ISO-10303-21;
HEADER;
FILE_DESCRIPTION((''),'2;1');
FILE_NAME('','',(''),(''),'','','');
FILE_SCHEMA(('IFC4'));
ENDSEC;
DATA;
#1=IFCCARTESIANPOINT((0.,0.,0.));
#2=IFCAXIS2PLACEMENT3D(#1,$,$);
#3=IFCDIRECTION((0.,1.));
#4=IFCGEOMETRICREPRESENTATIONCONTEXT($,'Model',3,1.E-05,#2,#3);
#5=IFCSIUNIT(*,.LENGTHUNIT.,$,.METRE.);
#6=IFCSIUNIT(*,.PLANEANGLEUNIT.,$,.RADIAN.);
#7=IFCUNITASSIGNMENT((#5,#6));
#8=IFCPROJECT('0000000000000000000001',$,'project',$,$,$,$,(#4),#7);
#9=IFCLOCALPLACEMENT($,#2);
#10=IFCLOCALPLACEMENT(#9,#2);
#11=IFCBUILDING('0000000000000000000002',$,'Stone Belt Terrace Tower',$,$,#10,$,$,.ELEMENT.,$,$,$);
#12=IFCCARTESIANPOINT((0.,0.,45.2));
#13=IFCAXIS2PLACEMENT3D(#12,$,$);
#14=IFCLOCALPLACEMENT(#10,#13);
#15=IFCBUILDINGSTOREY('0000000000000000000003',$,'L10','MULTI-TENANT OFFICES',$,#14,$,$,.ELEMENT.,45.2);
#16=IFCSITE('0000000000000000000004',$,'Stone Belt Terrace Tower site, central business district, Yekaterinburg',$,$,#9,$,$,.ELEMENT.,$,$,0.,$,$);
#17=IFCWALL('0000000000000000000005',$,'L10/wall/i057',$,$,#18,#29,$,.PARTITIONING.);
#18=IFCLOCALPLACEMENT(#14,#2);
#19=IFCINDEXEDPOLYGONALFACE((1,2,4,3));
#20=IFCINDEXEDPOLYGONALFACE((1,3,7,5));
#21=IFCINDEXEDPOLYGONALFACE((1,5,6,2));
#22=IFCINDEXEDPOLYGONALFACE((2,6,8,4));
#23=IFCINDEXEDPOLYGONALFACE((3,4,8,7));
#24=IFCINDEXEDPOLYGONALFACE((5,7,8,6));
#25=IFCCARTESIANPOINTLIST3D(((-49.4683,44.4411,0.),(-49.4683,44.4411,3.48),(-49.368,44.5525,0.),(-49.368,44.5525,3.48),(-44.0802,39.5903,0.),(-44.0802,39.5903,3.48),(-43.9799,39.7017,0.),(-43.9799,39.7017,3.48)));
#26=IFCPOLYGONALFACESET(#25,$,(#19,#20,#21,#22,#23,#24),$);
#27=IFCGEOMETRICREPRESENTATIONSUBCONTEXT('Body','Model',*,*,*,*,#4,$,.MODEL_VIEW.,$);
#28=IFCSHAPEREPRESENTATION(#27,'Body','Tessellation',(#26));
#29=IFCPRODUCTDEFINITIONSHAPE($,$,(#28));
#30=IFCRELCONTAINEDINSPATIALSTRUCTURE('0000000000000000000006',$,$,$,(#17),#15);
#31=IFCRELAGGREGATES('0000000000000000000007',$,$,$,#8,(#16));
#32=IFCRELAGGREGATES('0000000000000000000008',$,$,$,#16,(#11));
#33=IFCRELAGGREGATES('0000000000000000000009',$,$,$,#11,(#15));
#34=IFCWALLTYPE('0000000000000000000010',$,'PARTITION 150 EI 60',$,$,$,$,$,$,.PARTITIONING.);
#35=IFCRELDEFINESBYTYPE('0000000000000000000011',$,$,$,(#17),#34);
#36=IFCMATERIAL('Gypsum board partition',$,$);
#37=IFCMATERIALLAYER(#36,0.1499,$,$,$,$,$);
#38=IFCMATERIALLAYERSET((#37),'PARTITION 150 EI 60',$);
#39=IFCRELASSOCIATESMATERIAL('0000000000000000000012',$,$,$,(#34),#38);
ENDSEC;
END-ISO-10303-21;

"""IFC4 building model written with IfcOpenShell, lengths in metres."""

from ifc_helpers import new_model, si_unit, direction, frame, frame_2d, origin, place, context, subcontext, project, spatial, rectangle, extrude, material, layer, layer_set, type_object, element, save


model = new_model("IFC4")

# Units and contexts
model_context = context("Model", 3, precision=1e-05, world=origin(), true_north=direction((0.0, 1.0)))
body_context = subcontext(model_context, "Body", "Model", "MODEL_VIEW")
ifc_project = project(units=[si_unit("LENGTHUNIT", "METRE"), si_unit("PLANEANGLEUNIT", "RADIAN")], contexts=[model_context])

# Site, building, storey
site_placement = place(None, origin())
site = spatial("IfcSite", under=ifc_project, at=site_placement, Name="Stone Belt Terrace Tower site, central business district, Yekaterinburg", CompositionType="ELEMENT", RefElevation=0.0)
building_placement = place(site_placement, origin())
building = spatial("IfcBuilding", under=site, at=building_placement, Name="Stone Belt Terrace Tower", CompositionType="ELEMENT")
storey_placement = place(building_placement, frame((0.0, 0.0, 45.2)))
storey = spatial("IfcBuildingStorey", under=building, at=storey_placement, Name="L10", Description="MULTI-TENANT OFFICES", CompositionType="ELEMENT", Elevation=45.2)

# Shared definitions
ifc_material_1 = material(Name="Gypsum board partition")
ifc_layer_1 = layer(ifc_material_1, 0.1499)
ifc_layer_set_1 = layer_set([ifc_layer_1], Name="PARTITION 150 EI 60")
wall_type = type_object("IfcWallType", Name="PARTITION 150 EI 60", PredefinedType="PARTITIONING", material=ifc_layer_set_1)

# Wall
wall_1_placement = place(storey_placement, frame((-44.03, 39.646, 0.0), z_axis=(0.0, 0.0, 1.0), x_axis=(-0.743194, 0.669076, 0.0)))
element("IfcWall", 1, at=wall_1_placement, inside=storey, type_object=wall_type, Name="L10/wall/i057", PredefinedType="PARTITIONING", context=body_context, shape_type="SweptSolid", body=[
    extrude(rectangle(XDim=7.25, YDim=0.1499, at=frame_2d((3.625, 0.0))), origin(), (0.0, 0.0, 1.0), 3.48),
])

save(model, "model.ifc")
